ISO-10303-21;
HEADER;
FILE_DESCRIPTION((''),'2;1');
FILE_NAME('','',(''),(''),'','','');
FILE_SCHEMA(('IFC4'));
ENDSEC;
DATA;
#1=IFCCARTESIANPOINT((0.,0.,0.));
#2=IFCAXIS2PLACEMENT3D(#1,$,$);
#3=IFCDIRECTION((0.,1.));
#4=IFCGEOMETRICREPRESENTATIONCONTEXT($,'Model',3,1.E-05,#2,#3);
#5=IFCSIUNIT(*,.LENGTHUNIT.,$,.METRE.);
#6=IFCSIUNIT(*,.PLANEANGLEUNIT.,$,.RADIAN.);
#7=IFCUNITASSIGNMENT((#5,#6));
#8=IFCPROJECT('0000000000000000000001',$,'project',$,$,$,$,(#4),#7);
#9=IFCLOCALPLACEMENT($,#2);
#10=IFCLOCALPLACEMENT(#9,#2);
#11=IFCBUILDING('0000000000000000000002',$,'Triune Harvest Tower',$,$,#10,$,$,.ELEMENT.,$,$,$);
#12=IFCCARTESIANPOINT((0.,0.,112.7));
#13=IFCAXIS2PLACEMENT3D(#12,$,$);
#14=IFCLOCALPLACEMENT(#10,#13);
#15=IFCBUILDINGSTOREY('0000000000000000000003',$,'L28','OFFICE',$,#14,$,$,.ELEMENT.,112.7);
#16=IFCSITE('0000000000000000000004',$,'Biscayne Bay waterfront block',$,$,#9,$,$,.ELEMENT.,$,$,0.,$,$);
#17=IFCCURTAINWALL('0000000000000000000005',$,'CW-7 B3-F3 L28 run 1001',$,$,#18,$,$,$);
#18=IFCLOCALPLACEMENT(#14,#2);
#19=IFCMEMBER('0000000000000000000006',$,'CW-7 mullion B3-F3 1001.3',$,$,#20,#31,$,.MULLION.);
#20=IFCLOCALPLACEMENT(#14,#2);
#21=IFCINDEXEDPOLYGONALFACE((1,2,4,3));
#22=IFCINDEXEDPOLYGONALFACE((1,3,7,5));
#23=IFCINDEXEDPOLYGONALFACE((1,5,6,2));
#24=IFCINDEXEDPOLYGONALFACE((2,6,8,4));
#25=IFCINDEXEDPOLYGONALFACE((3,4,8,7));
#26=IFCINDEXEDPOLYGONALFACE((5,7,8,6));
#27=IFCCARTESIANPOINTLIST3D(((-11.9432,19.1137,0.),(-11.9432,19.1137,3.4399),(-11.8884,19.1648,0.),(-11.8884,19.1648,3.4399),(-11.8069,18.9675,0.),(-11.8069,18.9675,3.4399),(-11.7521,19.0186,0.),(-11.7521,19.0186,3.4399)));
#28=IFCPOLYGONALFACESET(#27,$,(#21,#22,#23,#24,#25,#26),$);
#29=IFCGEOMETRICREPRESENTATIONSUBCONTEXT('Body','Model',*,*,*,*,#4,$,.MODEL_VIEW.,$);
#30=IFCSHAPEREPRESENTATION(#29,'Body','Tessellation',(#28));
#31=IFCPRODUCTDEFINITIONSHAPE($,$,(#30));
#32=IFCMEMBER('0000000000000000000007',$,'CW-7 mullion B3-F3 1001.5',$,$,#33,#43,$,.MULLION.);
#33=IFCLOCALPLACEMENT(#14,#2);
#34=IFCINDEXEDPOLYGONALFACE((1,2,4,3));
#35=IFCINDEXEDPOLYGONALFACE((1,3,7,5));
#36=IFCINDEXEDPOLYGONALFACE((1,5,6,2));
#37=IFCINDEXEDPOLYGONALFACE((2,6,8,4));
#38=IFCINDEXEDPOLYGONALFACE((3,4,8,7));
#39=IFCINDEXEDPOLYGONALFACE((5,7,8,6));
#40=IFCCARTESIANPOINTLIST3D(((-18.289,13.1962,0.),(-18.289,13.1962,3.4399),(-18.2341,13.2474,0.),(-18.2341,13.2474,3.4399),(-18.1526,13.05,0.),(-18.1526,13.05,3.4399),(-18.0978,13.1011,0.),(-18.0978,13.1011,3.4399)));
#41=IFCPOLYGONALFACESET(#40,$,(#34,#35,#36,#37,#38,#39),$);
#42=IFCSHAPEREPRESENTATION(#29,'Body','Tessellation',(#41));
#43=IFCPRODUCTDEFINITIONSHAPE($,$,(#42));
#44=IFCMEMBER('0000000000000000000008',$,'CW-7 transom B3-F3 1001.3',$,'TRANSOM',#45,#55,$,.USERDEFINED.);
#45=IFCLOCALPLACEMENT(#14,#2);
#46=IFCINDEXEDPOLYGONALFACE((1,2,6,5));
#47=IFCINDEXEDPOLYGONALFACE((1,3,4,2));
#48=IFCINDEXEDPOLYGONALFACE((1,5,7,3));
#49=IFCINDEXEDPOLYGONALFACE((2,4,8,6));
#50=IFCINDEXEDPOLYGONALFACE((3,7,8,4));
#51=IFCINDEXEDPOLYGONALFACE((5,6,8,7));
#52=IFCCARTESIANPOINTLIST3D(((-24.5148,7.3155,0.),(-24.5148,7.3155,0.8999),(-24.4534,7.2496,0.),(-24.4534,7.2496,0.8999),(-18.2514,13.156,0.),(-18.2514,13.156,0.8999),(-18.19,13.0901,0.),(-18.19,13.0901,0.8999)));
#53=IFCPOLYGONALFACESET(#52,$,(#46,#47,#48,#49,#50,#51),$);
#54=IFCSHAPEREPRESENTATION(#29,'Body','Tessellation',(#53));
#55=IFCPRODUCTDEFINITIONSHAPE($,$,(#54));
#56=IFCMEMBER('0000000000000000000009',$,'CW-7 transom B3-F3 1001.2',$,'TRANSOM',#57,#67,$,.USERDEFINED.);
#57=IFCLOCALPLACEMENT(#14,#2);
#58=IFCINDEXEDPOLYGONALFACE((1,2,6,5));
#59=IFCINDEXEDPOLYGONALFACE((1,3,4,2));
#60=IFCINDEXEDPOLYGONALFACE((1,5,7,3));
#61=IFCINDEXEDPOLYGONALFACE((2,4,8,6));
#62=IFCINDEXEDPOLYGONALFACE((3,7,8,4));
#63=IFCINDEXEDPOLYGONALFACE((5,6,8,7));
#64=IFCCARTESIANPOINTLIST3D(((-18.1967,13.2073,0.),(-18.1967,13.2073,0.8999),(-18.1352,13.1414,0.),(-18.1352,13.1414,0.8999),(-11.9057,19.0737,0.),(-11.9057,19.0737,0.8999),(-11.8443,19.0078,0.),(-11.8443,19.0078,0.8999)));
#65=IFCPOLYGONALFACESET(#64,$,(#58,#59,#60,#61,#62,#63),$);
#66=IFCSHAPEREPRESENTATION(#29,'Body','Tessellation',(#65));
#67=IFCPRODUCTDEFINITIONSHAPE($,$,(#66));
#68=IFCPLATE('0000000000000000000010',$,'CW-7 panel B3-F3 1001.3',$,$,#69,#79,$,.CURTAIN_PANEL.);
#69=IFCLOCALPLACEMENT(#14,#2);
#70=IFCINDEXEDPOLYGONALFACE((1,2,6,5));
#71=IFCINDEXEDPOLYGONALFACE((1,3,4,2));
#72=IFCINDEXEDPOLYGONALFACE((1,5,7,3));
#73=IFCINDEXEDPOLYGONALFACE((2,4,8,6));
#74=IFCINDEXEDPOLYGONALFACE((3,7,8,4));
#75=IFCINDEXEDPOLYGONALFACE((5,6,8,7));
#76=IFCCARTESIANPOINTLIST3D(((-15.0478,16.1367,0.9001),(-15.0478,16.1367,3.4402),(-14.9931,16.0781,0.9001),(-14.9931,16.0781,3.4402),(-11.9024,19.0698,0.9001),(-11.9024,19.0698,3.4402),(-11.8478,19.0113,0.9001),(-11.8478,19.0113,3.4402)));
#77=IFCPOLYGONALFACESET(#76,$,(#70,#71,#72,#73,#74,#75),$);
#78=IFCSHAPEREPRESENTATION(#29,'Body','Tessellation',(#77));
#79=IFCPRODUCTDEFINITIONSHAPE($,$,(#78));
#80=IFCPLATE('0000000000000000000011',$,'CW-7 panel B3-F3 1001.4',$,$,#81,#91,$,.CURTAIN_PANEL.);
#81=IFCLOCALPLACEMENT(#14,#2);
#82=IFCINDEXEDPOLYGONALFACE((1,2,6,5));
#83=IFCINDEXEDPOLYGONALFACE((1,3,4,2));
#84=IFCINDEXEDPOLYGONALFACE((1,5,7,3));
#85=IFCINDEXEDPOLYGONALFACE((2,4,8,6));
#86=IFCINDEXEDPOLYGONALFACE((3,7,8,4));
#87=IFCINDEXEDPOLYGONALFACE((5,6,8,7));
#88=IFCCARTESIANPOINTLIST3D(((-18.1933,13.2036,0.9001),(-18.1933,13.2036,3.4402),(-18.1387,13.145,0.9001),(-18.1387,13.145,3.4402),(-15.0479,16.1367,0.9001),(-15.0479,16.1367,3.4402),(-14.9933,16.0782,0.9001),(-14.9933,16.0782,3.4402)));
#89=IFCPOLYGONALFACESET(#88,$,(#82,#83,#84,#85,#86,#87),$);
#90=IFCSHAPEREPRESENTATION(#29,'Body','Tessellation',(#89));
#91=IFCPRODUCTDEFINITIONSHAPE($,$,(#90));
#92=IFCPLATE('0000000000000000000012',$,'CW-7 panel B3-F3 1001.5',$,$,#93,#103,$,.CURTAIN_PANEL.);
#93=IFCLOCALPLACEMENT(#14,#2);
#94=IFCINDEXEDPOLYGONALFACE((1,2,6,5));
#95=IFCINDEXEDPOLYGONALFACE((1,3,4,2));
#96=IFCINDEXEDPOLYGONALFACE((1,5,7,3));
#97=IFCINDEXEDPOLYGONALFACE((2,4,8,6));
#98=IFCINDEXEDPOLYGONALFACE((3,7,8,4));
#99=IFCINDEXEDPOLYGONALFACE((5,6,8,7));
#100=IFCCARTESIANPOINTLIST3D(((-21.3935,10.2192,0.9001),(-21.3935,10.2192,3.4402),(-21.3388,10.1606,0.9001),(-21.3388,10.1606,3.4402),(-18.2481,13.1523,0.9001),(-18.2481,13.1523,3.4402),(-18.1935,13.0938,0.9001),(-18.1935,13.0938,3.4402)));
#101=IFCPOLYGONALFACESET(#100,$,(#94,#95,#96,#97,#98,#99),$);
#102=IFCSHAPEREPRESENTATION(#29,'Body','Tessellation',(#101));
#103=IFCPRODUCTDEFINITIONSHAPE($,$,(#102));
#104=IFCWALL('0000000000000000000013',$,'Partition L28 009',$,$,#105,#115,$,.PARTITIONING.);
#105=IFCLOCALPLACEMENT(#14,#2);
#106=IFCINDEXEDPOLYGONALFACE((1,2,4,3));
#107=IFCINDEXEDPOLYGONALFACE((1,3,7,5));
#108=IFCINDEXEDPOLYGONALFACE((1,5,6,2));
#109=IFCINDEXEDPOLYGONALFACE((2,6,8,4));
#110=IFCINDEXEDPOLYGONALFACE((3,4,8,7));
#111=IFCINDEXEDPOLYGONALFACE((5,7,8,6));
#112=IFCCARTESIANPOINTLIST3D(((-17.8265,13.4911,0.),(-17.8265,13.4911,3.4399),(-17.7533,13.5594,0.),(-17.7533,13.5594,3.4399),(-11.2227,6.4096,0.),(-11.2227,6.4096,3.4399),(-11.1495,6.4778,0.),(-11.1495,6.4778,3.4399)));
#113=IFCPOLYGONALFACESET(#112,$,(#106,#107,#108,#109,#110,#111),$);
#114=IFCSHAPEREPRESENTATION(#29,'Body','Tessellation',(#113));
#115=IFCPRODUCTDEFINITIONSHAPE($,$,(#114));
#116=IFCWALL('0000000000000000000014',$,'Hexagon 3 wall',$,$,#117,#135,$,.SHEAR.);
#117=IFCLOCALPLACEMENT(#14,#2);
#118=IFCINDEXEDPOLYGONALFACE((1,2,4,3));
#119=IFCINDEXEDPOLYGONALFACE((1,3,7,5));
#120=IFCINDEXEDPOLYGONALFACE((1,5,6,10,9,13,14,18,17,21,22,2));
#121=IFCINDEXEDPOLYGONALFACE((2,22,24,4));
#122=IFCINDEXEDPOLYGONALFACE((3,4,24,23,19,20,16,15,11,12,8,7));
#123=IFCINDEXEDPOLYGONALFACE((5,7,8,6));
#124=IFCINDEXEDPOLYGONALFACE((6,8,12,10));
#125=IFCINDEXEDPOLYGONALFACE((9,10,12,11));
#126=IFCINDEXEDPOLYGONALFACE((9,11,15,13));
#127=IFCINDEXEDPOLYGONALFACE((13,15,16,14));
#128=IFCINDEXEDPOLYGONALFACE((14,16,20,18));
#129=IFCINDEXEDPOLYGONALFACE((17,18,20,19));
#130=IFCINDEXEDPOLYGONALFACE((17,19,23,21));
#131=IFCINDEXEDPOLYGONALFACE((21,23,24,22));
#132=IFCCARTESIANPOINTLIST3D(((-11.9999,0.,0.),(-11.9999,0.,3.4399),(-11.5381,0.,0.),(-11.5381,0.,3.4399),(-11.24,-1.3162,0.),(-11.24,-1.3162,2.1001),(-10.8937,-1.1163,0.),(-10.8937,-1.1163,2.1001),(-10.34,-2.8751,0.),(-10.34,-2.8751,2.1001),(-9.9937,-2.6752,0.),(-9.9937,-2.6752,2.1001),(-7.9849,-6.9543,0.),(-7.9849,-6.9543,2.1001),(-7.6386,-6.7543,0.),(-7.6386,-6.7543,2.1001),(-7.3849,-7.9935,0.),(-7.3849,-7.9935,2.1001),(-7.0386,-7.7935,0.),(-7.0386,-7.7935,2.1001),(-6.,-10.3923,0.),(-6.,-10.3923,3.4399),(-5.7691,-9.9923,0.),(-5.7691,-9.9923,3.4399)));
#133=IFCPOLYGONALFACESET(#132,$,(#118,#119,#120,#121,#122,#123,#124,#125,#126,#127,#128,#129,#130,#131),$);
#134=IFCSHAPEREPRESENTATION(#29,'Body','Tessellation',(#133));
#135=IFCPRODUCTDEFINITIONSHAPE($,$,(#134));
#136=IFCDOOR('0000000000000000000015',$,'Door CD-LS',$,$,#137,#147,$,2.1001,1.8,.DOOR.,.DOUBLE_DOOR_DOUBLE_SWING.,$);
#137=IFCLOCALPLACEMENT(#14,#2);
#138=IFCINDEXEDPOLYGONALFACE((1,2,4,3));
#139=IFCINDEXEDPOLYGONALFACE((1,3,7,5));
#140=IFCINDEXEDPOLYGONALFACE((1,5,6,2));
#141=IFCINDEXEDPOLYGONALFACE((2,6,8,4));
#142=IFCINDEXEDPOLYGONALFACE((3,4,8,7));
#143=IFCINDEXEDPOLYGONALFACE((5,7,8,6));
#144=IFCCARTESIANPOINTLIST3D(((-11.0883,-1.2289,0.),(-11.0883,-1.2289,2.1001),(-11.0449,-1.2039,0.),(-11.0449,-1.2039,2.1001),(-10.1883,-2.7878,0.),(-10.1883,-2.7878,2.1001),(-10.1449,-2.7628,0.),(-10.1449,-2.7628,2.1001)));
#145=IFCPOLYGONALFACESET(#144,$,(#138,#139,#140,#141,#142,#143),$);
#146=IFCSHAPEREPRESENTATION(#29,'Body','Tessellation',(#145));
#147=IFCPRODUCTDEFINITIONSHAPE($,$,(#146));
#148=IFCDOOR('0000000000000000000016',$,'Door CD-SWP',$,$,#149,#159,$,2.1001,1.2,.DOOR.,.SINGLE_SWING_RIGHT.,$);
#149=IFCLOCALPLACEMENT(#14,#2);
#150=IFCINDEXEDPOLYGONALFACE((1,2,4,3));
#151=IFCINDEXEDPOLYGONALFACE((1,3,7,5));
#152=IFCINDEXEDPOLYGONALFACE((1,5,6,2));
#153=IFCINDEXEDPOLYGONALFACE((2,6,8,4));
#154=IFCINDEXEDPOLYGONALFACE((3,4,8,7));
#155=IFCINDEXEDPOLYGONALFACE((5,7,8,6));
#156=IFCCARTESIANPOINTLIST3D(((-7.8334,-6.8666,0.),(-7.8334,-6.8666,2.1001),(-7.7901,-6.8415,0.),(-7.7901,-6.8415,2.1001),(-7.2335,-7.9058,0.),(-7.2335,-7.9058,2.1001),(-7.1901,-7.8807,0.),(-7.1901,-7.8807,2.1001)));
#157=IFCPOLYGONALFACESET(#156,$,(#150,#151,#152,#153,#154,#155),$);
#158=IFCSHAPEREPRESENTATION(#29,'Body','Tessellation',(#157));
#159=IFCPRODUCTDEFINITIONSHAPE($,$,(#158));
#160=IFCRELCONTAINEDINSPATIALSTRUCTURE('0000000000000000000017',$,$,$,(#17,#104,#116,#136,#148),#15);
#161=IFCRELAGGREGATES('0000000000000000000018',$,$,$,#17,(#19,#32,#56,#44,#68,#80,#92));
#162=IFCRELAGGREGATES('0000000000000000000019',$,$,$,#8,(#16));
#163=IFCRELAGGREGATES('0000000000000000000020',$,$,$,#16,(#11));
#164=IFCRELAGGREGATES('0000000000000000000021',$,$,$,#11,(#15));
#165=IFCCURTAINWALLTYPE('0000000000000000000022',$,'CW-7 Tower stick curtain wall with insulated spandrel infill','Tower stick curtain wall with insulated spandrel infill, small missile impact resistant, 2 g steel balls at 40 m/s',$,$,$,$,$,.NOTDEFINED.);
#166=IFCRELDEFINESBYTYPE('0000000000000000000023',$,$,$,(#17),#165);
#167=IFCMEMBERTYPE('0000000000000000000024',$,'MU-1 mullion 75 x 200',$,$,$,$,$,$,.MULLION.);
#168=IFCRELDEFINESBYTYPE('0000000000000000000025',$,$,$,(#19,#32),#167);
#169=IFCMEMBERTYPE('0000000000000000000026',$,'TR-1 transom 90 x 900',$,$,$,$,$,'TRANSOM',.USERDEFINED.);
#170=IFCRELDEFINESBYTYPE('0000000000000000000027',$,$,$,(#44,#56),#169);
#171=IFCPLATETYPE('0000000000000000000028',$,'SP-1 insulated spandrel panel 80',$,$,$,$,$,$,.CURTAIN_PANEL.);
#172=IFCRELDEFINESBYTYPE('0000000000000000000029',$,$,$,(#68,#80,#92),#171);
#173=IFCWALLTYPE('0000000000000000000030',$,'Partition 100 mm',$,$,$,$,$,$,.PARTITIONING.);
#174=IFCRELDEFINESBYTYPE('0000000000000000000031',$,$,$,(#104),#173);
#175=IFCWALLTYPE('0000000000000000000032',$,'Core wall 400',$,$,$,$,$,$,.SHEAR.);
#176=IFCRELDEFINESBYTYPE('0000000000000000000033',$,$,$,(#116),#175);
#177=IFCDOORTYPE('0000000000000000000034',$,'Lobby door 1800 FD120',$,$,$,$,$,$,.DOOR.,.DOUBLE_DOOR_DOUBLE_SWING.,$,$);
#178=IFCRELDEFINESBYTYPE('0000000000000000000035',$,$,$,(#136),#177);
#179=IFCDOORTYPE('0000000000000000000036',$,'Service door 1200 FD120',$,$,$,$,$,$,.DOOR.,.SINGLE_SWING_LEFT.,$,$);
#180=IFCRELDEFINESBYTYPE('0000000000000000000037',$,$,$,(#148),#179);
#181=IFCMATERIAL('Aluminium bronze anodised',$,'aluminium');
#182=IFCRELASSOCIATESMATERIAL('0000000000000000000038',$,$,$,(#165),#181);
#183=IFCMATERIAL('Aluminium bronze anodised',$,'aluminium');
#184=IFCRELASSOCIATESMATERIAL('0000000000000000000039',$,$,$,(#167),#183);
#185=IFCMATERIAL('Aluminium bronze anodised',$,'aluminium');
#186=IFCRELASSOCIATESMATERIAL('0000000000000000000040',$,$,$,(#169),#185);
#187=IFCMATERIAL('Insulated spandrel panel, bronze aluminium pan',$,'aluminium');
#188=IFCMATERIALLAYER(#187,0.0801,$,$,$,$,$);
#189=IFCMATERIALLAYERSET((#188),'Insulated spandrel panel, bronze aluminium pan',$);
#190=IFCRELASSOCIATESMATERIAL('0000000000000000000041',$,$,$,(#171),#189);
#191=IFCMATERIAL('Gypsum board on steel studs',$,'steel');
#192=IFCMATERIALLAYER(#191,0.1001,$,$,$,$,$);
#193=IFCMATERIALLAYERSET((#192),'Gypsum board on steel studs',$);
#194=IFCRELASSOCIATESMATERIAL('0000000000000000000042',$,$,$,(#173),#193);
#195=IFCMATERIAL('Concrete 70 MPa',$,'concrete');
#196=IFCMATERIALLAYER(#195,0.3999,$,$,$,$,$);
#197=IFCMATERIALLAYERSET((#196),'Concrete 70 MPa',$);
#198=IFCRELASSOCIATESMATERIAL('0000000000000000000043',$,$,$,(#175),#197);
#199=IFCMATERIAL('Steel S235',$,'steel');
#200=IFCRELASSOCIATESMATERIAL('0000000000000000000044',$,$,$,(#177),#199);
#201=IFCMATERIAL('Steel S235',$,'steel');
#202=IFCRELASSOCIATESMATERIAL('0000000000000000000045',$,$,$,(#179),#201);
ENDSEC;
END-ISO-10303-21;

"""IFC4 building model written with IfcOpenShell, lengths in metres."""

from ifc_helpers import new_model, si_unit, direction, frame, frame_2d, origin, origin_2d, place, context, subcontext, project, spatial, polyline, rectangle, outline, extrude, source, transform, mapped, material, layer, layer_set, material_profile, profile_set, type_object, element, fill, aggregate, save


model = new_model("IFC4")

# Units and contexts
model_context = context("Model", 3, precision=1e-05, world=origin(), true_north=direction((0.0, 1.0)))
body_context = subcontext(model_context, "Body", "Model", "MODEL_VIEW")
ifc_project = project(units=[si_unit("LENGTHUNIT", "METRE"), si_unit("PLANEANGLEUNIT", "RADIAN")], contexts=[model_context])

# Site, building, storey
site_placement = place(None, origin())
site = spatial("IfcSite", under=ifc_project, at=site_placement, Name="Biscayne Bay waterfront block", CompositionType="ELEMENT", RefElevation=0.0)
building_placement = place(site_placement, origin())
building = spatial("IfcBuilding", under=site, at=building_placement, Name="Triune Harvest Tower", CompositionType="ELEMENT")
storey_placement = place(building_placement, frame((0.0, 0.0, 112.7)))
storey = spatial("IfcBuildingStorey", under=building, at=storey_placement, Name="L28", Description="OFFICE", CompositionType="ELEMENT", Elevation=112.7)

# Curtain wall, members, plates
ifc_material_1 = material(Name="Aluminium bronze anodised", Category="aluminium")
curtain_wall_type = type_object("IfcCurtainWallType", Name="CW-7 Tower stick curtain wall with insulated spandrel infill", Description="Tower stick curtain wall with insulated spandrel infill, small missile impact resistant, 2 g steel balls at 40 m/s", PredefinedType="NOTDEFINED", material=ifc_material_1)
curtain_wall_placement = place(storey_placement, origin())
curtain_wall = element("IfcCurtainWall", 1, at=curtain_wall_placement, inside=storey, type_object=curtain_wall_type, Name="CW-7 B3-F3 L28 run 1001")
ifc_material_2 = material(Name="Aluminium bronze anodised", Category="aluminium")
ifc_material_profile_1 = material_profile(ifc_material_2, rectangle(XDim=0.2, YDim=0.075, at=origin_2d()), Name="MU-1 mullion 75 x 200")
ifc_profile_set_1 = profile_set([ifc_material_profile_1], Name="Aluminium bronze anodised")
member_type_1 = type_object("IfcMemberType", Name="MU-1 mullion 75 x 200", PredefinedType="MULLION", material=ifc_profile_set_1)
shared_shape_1 = source(origin(), body_context, "Body", "SweptSolid", [
    extrude(rectangle(XDim=0.2, YDim=0.075, at=origin_2d()), origin(), (0.0, 0.0, 1.0), 3.4399),
])
member_1_placement = place(storey_placement, frame((-11.8477, 19.0662, 0.0), z_axis=(0.0, 0.0, 1.0), x_axis=(0.681999, -0.731353, 0.0)))
member_1 = element("IfcMember", 2, at=member_1_placement, type_object=member_type_1, Name="CW-7 mullion B3-F3 1001.3", PredefinedType="MULLION", context=body_context, shape_type="MappedRepresentation", body=[
    mapped(shared_shape_1, transform((0.0, 0.0, 0.0), scale=1.0)),
])
member_2_placement = place(storey_placement, frame((-18.1934, 13.1487, 0.0), z_axis=(0.0, 0.0, 1.0), x_axis=(0.681999, -0.731353, 0.0)))
member_2 = element("IfcMember", 3, at=member_2_placement, type_object=member_type_1, Name="CW-7 mullion B3-F3 1001.5", PredefinedType="MULLION", context=body_context, shape_type="MappedRepresentation", body=[
    mapped(shared_shape_1, transform((0.0, 0.0, 0.0), scale=1.0)),
])
ifc_material_3 = material(Name="Aluminium bronze anodised", Category="aluminium")
ifc_material_profile_2 = material_profile(ifc_material_3, rectangle(XDim=0.0901, YDim=0.8999, at=origin_2d()), Name="TR-1 transom 90 x 900")
ifc_profile_set_2 = profile_set([ifc_material_profile_2], Name="Aluminium bronze anodised")
member_type_2 = type_object("IfcMemberType", Name="TR-1 transom 90 x 900", ElementType="TRANSOM", PredefinedType="USERDEFINED", material=ifc_profile_set_2)
shared_shape_2 = source(origin(), body_context, "Body", "SweptSolid", [
    extrude(rectangle(XDim=0.0901, YDim=0.8999, at=origin_2d()), origin(), (0.0, 0.0, 1.0), 8.564),
])
member_3_placement = place(storey_placement, frame((-18.2207, 13.123, 0.45), z_axis=(-0.731363, -0.681988, 0.0), x_axis=(0.681988, -0.731363, 0.0)))
member_3 = element("IfcMember", 4, at=member_3_placement, type_object=member_type_2, Name="CW-7 transom B3-F3 1001.3", ObjectType="TRANSOM", PredefinedType="USERDEFINED", context=body_context, shape_type="MappedRepresentation", body=[
    mapped(shared_shape_2, transform((0.0, 0.0, 0.0), scale=1.0)),
])
shared_shape_3 = source(origin(), body_context, "Body", "SweptSolid", [
    extrude(rectangle(XDim=0.0901, YDim=0.8999, at=origin_2d()), origin(), (0.0, 0.0, 1.0), 8.6018),
])
member_4_placement = place(storey_placement, frame((-11.875, 19.0408, 0.45), z_axis=(-0.731354, -0.681998, 0.0), x_axis=(0.681998, -0.731354, 0.0)))
member_4 = element("IfcMember", 5, at=member_4_placement, type_object=member_type_2, Name="CW-7 transom B3-F3 1001.2", ObjectType="TRANSOM", PredefinedType="USERDEFINED", context=body_context, shape_type="MappedRepresentation", body=[
    mapped(shared_shape_3, transform((0.0, 0.0, 0.0), scale=1.0)),
])
ifc_material_4 = material(Name="Insulated spandrel panel, bronze aluminium pan", Category="aluminium")
ifc_layer_1 = layer(ifc_material_4, 0.0801)
ifc_layer_set_1 = layer_set([ifc_layer_1], Name="Insulated spandrel panel, bronze aluminium pan")
plate_type = type_object("IfcPlateType", Name="SP-1 insulated spandrel panel 80", PredefinedType="CURTAIN_PANEL", material=ifc_layer_set_1)
shared_shape_4 = source(origin(), body_context, "Body", "SweptSolid", [
    extrude(rectangle(XDim=4.3008, YDim=0.0801, at=origin_2d()), origin(), (0.0, 0.0, 1.0), 2.54),
])
plate_1_placement = place(storey_placement, frame((-13.4478, 17.574, 0.9001), z_axis=(0.0, 0.0, 1.0), x_axis=(-0.731353, -0.681999, 0.0)))
plate_1 = element("IfcPlate", 6, at=plate_1_placement, type_object=plate_type, Name="CW-7 panel B3-F3 1001.3", PredefinedType="CURTAIN_PANEL", context=body_context, shape_type="MappedRepresentation", body=[
    mapped(shared_shape_4, transform((0.0, 0.0, 0.0), scale=1.0)),
])
plate_2_placement = place(storey_placement, frame((-16.5933, 14.6409, 0.9001), z_axis=(0.0, 0.0, 1.0), x_axis=(-0.731353, -0.681999, 0.0)))
plate_2 = element("IfcPlate", 7, at=plate_2_placement, type_object=plate_type, Name="CW-7 panel B3-F3 1001.4", PredefinedType="CURTAIN_PANEL", context=body_context, shape_type="MappedRepresentation", body=[
    mapped(shared_shape_4, transform((0.0, 0.0, 0.0), scale=1.0)),
])
plate_3_placement = place(storey_placement, frame((-19.7935, 11.6565, 0.9001), z_axis=(0.0, 0.0, 1.0), x_axis=(-0.731353, -0.681999, 0.0)))
plate_3 = element("IfcPlate", 8, at=plate_3_placement, type_object=plate_type, Name="CW-7 panel B3-F3 1001.5", PredefinedType="CURTAIN_PANEL", context=body_context, shape_type="MappedRepresentation", body=[
    mapped(shared_shape_4, transform((0.0, 0.0, 0.0), scale=1.0)),
])
aggregate(curtain_wall, [member_1, member_2, member_4, member_3, plate_1, plate_2, plate_3])

# Wall
ifc_material_5 = material(Name="Gypsum board on steel studs", Category="steel")
ifc_layer_2 = layer(ifc_material_5, 0.1001)
ifc_layer_set_2 = layer_set([ifc_layer_2], Name="Gypsum board on steel studs")
wall_type_1 = type_object("IfcWallType", Name="Partition 100 mm", PredefinedType="PARTITIONING", material=ifc_layer_set_2)
wall_1_placement = place(storey_placement, frame((-17.7898, 13.5251, 0.0), z_axis=(0.0, 0.0, 1.0), x_axis=(0.682005, -0.731348, 0.0)))
element("IfcWall", 9, at=wall_1_placement, inside=storey, type_object=wall_type_1, Name="Partition L28 009", PredefinedType="PARTITIONING", context=body_context, shape_type="SweptSolid", body=[
    extrude(rectangle(XDim=9.6829, YDim=0.1001, at=frame_2d((4.8413, 0.0))), origin(), (0.0, 0.0, 1.0), 3.4399),
])

# Wall, openings, doors
ifc_material_6 = material(Name="Concrete 70 MPa", Category="concrete")
ifc_layer_3 = layer(ifc_material_6, 0.3999)
ifc_layer_set_3 = layer_set([ifc_layer_3], Name="Concrete 70 MPa")
wall_type_2 = type_object("IfcWallType", Name="Core wall 400", PredefinedType="SHEAR", material=ifc_layer_set_3)
shared_shape_5 = source(origin(), body_context, "Body", "SweptSolid", [
    extrude(outline(polyline([(-0.1155, -0.2), (11.8845, -0.2), (11.6536, 0.2), (0.1155, 0.2), (-0.1155, -0.2)])), origin(), (0.0, 0.0, 1.0), 3.4399),
])
wall_2_placement = place(storey_placement, frame((-11.769, 0.0, 0.0), z_axis=(0.0, 0.0, 1.0), x_axis=(0.499997, -0.866027, 0.0)))
wall_2 = element("IfcWall", 10, at=wall_2_placement, inside=storey, type_object=wall_type_2, Name="Hexagon 3 wall", PredefinedType="SHEAR", context=body_context, shape_type="MappedRepresentation", body=[
    mapped(shared_shape_5, transform((0.0, 0.0, 0.0), scale=1.0)),
])
opening_1_placement = place(wall_2_placement, frame((1.4045, 0.0, 0.0)))
opening_1 = element("IfcOpeningElement", 11, at=opening_1_placement, cuts=wall_2, PredefinedType="OPENING", context=body_context, shape_type="SweptSolid", body=[
    extrude(rectangle(XDim=1.8, YDim=2.1001, at=frame_2d((0.8999, 1.05))), frame((0.0, 0.21, 0.0), z_axis=(0.0, -1.0, 0.0), x_axis=(1.0, 0.0, 0.0)), (0.0, 0.0, 1.0), 0.4199),
])
opening_2_placement = place(wall_2_placement, frame((7.9146, 0.0, 0.0)))
opening_2 = element("IfcOpeningElement", 12, at=opening_2_placement, cuts=wall_2, PredefinedType="OPENING", context=body_context, shape_type="SweptSolid", body=[
    extrude(rectangle(XDim=1.2, YDim=2.1001, at=frame_2d((0.6001, 1.05))), frame((0.0, 0.21, 0.0), z_axis=(0.0, -1.0, 0.0), x_axis=(1.0, 0.0, 0.0)), (0.0, 0.0, 1.0), 0.4199),
])
ifc_material_7 = material(Name="Steel S235", Category="steel")
door_type_1 = type_object("IfcDoorType", Name="Lobby door 1800 FD120", OperationType="DOUBLE_DOOR_DOUBLE_SWING", PredefinedType="DOOR", material=ifc_material_7)
door_1_placement = place(opening_1_placement, frame((1.8, 0.0, 0.0), z_axis=(0.0, 0.0, 1.0), x_axis=(-1.0, 0.0, 0.0)))
door_1 = element("IfcDoor", 13, at=door_1_placement, inside=storey, type_object=door_type_1, Name="Door CD-LS", OperationType="DOUBLE_DOOR_DOUBLE_SWING", OverallHeight=2.1001, OverallWidth=1.8, PredefinedType="DOOR", context=body_context, shape_type="SweptSolid", body=[
    extrude(rectangle(XDim=1.8, YDim=2.1001, at=frame_2d((0.8999, 1.05))), frame((0.0, 0.0249, 0.0), z_axis=(0.0, -1.0, 0.0), x_axis=(1.0, 0.0, 0.0)), (0.0, 0.0, 1.0), 0.05),
])
fill(opening_1, door_1)
ifc_material_8 = material(Name="Steel S235", Category="steel")
door_type_2 = type_object("IfcDoorType", Name="Service door 1200 FD120", OperationType="SINGLE_SWING_LEFT", PredefinedType="DOOR", material=ifc_material_8)
door_2_placement = place(opening_2_placement, frame((1.2, 0.0, 0.0), z_axis=(0.0, 0.0, 1.0), x_axis=(-1.0, 0.0, 0.0)))
door_2 = element("IfcDoor", 14, at=door_2_placement, inside=storey, type_object=door_type_2, Name="Door CD-SWP", OperationType="SINGLE_SWING_RIGHT", OverallHeight=2.1001, OverallWidth=1.2, PredefinedType="DOOR", context=body_context, shape_type="SweptSolid", body=[
    extrude(rectangle(XDim=1.2, YDim=2.1001, at=frame_2d((0.6001, 1.05))), frame((0.0, 0.0249, 0.0), z_axis=(0.0, -1.0, 0.0), x_axis=(1.0, 0.0, 0.0)), (0.0, 0.0, 1.0), 0.05),
])
fill(opening_2, door_2)

save(model, "model.ifc")
